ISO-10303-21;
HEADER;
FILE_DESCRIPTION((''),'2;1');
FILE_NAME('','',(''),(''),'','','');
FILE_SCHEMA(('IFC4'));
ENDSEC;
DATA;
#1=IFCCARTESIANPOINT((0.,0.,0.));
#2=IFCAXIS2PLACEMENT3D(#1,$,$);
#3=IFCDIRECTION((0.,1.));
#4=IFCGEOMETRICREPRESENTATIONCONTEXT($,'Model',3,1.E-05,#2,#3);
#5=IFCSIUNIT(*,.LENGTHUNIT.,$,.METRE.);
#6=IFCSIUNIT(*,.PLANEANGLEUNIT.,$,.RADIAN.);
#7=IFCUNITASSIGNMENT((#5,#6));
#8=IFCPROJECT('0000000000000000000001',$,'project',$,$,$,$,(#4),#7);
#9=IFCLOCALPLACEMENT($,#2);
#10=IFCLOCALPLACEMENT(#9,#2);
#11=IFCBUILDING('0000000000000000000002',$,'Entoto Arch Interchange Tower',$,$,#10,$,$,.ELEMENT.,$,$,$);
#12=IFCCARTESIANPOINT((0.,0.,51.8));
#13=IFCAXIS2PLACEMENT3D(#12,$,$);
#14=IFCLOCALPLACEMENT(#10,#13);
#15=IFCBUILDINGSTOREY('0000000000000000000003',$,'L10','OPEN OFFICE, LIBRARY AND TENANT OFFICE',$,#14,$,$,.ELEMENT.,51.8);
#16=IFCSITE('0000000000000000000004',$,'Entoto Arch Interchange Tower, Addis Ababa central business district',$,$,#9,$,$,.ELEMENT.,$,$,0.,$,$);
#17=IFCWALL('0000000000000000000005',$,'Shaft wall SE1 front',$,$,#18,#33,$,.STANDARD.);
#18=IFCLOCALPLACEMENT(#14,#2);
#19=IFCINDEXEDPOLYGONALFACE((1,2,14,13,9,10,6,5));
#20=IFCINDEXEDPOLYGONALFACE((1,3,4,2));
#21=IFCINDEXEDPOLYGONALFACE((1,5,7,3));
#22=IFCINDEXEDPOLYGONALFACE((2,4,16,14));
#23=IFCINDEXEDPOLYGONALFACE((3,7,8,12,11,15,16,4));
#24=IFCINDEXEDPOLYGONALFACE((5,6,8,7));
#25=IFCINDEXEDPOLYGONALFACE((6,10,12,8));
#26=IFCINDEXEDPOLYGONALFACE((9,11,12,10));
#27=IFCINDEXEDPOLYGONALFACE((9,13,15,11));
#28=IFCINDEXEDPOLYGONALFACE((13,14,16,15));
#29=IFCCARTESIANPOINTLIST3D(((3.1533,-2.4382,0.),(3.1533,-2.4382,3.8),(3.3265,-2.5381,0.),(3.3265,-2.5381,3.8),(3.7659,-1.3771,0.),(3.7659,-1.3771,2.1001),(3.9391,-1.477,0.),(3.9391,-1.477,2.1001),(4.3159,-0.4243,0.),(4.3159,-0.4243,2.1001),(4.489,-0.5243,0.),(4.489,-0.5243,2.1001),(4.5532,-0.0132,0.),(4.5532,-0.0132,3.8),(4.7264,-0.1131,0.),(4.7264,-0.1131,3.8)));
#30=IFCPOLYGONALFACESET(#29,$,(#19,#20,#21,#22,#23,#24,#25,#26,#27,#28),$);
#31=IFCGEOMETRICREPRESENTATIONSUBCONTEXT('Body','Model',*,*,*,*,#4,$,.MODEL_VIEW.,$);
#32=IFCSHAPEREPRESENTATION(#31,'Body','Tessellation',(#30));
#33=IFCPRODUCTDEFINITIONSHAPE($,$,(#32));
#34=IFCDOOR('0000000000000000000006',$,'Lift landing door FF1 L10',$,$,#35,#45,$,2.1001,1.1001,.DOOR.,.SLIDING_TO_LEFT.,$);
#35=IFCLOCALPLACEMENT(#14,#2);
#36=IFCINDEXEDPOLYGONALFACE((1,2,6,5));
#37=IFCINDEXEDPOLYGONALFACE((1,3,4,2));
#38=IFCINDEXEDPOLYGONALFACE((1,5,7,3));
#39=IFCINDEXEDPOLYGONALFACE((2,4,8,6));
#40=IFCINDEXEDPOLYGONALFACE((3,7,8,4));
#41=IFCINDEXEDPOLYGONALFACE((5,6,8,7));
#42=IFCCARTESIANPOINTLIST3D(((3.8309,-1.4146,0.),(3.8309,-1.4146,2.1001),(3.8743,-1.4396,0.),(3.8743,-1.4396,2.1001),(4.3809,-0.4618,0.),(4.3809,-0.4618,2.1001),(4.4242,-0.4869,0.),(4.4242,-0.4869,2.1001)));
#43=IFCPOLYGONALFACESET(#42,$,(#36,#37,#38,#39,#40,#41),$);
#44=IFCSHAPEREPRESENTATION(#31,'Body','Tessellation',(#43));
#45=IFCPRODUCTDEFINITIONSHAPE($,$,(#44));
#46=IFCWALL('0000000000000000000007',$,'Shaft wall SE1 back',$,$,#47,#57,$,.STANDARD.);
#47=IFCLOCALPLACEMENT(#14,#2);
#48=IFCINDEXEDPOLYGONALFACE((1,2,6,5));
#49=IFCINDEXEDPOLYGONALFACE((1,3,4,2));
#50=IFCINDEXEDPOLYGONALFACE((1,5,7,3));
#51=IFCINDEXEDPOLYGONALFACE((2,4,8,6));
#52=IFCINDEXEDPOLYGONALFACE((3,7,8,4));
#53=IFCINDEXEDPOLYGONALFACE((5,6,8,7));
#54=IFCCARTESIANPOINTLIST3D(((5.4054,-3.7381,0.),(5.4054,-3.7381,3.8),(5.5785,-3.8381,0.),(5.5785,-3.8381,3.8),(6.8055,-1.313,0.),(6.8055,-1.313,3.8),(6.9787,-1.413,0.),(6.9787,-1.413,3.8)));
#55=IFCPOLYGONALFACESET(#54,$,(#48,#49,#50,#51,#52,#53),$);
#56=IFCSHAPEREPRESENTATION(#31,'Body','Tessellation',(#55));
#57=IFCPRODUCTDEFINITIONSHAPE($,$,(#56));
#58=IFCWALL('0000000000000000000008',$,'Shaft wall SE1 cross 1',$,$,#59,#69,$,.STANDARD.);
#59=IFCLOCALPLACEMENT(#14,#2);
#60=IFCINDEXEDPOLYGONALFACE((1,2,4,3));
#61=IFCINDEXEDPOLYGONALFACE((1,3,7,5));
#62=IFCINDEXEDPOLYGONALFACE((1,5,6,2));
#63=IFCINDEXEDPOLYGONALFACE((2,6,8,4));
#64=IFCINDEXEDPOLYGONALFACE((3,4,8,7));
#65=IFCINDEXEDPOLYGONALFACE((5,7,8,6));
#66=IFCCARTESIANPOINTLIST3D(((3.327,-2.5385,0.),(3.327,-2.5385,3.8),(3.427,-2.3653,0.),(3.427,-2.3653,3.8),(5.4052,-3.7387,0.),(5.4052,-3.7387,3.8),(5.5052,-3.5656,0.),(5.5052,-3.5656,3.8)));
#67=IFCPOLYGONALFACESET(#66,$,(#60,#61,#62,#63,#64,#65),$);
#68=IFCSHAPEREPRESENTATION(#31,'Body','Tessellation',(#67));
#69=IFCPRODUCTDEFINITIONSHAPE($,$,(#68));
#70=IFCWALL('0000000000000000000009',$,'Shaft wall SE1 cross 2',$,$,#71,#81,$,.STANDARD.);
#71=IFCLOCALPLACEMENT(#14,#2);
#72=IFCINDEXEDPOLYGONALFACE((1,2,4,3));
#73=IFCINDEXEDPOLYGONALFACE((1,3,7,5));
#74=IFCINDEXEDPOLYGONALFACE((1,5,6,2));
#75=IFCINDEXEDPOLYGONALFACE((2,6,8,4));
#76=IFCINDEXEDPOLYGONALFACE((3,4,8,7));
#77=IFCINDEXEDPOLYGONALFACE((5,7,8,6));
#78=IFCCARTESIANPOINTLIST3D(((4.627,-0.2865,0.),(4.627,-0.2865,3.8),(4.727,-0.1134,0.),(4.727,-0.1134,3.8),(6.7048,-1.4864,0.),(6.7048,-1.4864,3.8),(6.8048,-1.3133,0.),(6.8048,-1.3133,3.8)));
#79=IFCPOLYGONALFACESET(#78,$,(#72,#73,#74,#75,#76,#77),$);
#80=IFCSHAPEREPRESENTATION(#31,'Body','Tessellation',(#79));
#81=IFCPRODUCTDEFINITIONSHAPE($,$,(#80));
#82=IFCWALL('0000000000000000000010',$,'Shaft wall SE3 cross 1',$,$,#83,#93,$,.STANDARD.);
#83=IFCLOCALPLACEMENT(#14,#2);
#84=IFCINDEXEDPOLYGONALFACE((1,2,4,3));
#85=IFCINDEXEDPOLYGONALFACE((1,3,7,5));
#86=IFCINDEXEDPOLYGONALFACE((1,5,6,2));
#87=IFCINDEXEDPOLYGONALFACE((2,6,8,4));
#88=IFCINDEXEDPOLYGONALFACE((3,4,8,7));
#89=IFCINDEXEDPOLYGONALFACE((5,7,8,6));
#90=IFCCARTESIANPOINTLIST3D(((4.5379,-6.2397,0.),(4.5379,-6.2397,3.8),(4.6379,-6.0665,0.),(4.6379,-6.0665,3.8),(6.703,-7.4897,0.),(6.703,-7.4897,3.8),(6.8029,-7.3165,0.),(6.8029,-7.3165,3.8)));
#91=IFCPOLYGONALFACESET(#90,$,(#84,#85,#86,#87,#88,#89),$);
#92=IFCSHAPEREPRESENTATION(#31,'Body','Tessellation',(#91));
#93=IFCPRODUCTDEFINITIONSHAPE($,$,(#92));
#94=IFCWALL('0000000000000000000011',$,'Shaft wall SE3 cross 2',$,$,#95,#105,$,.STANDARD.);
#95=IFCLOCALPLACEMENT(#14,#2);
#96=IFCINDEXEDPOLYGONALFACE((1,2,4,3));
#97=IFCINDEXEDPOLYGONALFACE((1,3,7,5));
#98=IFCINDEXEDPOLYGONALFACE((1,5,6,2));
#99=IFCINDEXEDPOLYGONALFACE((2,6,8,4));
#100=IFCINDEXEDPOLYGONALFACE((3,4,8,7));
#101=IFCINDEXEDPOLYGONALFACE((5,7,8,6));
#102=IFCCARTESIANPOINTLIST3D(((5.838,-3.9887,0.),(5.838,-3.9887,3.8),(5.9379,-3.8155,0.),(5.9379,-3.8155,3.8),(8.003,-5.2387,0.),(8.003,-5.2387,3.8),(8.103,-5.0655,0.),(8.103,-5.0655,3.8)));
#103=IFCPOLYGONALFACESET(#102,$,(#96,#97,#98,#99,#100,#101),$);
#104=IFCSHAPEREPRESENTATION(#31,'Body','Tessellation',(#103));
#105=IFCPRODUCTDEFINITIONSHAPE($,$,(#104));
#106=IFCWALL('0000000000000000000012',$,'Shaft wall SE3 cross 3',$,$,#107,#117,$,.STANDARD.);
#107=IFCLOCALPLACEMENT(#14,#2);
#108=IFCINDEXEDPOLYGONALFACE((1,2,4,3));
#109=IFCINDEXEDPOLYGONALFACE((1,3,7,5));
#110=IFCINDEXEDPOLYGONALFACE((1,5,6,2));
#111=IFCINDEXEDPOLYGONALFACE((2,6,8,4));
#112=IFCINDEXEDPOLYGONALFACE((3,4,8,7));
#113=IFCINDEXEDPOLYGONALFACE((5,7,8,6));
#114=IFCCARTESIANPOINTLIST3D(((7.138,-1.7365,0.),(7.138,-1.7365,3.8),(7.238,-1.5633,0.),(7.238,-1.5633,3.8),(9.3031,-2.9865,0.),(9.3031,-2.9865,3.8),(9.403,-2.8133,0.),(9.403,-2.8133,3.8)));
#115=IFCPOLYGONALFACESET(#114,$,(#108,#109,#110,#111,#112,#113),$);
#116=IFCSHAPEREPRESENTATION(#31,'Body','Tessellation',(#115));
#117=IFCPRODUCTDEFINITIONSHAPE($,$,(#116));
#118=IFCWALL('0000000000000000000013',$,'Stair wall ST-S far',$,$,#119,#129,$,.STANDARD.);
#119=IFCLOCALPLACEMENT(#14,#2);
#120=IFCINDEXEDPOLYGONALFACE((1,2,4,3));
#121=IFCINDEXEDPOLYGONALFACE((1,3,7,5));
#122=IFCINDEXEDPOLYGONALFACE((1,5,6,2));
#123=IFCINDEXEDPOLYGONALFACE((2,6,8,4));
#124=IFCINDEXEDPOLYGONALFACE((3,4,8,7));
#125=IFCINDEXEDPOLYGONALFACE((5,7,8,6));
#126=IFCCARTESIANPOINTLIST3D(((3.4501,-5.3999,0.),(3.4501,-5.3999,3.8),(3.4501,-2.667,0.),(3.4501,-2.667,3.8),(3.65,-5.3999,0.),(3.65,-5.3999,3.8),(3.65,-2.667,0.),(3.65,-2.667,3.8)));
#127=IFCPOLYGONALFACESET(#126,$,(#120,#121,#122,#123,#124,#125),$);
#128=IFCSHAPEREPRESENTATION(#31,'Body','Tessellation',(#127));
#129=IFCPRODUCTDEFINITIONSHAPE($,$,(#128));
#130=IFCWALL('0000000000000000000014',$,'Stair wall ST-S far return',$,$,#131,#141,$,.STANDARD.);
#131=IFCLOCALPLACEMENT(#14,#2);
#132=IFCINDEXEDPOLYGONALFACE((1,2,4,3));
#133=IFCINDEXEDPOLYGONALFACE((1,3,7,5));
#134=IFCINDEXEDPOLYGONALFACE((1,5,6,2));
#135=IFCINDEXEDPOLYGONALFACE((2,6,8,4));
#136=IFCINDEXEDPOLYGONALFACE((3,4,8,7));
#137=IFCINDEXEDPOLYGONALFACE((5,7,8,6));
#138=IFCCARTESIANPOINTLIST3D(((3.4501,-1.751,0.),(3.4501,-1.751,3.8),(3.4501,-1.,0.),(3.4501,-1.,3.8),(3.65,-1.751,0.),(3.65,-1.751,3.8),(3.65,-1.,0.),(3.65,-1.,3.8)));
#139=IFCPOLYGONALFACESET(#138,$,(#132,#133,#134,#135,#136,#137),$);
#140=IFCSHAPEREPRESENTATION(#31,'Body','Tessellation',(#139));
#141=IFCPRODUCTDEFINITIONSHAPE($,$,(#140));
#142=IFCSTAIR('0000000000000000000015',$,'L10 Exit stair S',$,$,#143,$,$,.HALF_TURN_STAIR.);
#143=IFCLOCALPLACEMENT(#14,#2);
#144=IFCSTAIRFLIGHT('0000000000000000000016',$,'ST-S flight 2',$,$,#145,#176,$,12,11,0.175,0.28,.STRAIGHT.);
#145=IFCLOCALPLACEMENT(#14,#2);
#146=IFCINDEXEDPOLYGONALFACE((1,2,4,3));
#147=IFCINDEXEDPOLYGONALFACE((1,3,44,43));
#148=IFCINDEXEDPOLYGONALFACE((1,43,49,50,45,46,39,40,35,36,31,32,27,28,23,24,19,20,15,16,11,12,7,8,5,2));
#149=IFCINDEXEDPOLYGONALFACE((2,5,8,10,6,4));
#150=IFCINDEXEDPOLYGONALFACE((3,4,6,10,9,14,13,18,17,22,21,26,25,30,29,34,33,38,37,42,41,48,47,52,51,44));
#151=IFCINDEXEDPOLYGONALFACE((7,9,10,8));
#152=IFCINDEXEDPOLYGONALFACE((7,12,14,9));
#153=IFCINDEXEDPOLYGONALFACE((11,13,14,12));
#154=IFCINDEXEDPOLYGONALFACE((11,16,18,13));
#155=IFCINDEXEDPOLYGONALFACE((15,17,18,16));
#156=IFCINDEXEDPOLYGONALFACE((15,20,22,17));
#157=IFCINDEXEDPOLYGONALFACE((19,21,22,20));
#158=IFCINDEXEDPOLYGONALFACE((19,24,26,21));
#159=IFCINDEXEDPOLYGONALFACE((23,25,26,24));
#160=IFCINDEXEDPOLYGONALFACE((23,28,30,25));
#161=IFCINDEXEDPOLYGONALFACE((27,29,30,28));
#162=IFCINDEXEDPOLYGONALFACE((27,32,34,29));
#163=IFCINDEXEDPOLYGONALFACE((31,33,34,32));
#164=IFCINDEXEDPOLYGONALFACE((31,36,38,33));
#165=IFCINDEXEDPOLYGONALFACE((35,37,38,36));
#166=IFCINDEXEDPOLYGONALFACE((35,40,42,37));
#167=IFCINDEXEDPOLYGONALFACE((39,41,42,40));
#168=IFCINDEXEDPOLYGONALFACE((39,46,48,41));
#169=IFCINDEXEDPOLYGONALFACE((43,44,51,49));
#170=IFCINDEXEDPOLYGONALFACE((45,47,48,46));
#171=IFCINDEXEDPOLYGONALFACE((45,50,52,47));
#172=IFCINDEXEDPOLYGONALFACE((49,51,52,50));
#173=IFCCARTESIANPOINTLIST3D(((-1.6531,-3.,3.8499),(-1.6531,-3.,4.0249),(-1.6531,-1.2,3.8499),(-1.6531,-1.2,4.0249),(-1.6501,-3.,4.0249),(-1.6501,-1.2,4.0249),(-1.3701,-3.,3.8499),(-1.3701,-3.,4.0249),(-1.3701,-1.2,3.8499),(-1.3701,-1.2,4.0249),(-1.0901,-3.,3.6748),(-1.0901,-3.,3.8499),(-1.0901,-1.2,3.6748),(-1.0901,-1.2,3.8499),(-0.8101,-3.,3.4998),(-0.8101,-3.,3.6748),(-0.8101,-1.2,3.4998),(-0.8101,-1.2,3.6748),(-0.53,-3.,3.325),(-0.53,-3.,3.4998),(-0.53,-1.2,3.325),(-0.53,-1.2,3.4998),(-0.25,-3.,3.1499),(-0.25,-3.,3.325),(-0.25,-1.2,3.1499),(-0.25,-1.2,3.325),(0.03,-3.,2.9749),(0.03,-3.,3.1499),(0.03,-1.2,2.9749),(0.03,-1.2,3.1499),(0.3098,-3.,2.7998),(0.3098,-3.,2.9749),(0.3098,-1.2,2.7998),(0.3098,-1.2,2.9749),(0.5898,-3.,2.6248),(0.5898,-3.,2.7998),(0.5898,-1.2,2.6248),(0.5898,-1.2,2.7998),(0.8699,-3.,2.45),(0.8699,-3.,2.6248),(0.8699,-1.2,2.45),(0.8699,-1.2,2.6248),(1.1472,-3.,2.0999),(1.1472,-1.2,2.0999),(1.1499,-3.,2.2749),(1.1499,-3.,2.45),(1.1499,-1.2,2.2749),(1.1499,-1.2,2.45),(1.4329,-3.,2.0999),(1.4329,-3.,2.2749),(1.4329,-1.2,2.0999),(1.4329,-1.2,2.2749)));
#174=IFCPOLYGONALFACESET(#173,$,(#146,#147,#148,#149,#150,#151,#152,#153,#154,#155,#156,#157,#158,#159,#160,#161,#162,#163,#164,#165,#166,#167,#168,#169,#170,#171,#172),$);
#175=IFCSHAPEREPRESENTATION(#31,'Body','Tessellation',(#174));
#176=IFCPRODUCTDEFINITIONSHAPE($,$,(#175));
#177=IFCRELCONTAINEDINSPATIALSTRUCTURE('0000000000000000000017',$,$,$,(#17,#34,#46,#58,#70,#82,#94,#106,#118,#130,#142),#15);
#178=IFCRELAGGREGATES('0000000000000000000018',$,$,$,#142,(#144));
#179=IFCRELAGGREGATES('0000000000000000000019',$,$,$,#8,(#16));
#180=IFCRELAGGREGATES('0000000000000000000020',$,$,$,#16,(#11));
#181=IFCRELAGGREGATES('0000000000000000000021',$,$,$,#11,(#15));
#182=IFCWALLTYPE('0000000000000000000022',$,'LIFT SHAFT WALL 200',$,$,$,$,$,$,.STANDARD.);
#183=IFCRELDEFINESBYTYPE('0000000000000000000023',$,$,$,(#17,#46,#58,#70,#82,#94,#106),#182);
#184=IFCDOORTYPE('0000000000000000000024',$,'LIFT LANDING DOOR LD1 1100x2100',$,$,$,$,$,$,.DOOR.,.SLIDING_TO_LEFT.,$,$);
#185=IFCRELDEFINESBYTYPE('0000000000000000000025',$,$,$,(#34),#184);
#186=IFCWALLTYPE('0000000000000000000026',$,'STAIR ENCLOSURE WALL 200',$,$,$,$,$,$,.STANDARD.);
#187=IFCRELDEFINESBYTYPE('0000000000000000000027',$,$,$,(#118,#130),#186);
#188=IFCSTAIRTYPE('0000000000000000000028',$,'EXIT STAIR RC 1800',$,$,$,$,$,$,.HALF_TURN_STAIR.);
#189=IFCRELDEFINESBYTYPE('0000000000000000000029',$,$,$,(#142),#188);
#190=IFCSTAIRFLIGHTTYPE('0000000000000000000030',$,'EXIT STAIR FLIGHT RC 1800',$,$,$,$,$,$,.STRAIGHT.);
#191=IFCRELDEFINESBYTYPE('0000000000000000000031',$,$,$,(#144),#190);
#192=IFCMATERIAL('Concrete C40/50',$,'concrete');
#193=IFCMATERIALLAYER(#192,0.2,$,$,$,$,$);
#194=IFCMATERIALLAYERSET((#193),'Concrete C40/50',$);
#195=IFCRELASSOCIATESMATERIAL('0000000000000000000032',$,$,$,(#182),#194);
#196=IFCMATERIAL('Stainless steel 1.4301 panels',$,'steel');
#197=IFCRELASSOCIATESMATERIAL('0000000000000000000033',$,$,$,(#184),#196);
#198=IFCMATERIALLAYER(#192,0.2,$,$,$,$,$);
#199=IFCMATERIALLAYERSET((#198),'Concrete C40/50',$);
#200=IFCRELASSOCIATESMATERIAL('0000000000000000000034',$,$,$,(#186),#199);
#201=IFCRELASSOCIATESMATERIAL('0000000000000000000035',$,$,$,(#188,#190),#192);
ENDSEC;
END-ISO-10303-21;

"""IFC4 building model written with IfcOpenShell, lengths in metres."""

from ifc_helpers import new_model, si_unit, direction, frame, frame_2d, origin, place, context, subcontext, project, spatial, polyline, rectangle, outline, extrude, material, layer, layer_set, type_object, element, fill, aggregate, save


model = new_model("IFC4")

# Units and contexts
model_context = context("Model", 3, precision=1e-05, world=origin(), true_north=direction((0.0, 1.0)))
body_context = subcontext(model_context, "Body", "Model", "MODEL_VIEW")
ifc_project = project(units=[si_unit("LENGTHUNIT", "METRE"), si_unit("PLANEANGLEUNIT", "RADIAN")], contexts=[model_context])

# Site, building, storey
site_placement = place(None, origin())
site = spatial("IfcSite", under=ifc_project, at=site_placement, Name="Entoto Arch Interchange Tower, Addis Ababa central business district", CompositionType="ELEMENT", RefElevation=0.0)
building_placement = place(site_placement, origin())
building = spatial("IfcBuilding", under=site, at=building_placement, Name="Entoto Arch Interchange Tower", CompositionType="ELEMENT")
storey_placement = place(building_placement, frame((0.0, 0.0, 51.8)))
storey = spatial("IfcBuildingStorey", under=building, at=storey_placement, Name="L10", Description="OPEN OFFICE, LIBRARY AND TENANT OFFICE", CompositionType="ELEMENT", Elevation=51.8)

# Wall, opening, door
ifc_material_1 = material(Name="Concrete C40/50", Category="concrete")
ifc_material_2 = material(Name="Stainless steel 1.4301 panels", Category="steel")
ifc_layer_1 = layer(ifc_material_1, 0.2)
ifc_layer_set_1 = layer_set([ifc_layer_1], Name="Concrete C40/50")
wall_type_1 = type_object("IfcWallType", Name="LIFT SHAFT WALL 200", PredefinedType="STANDARD", material=ifc_layer_set_1)
wall_1_placement = place(storey_placement, frame((3.24, -2.488, 0.0), z_axis=(0.0, 0.0, 1.0), x_axis=(0.499946, 0.866056, 0.0)))
wall_1 = element("IfcWall", 1, at=wall_1_placement, inside=storey, type_object=wall_type_1, Name="Shaft wall SE1 front", PredefinedType="STANDARD", context=body_context, shape_type="SweptSolid", body=[
    extrude(rectangle(XDim=2.8, YDim=0.2, at=frame_2d((1.3999, 0.0))), origin(), (0.0, 0.0, 1.0), 3.8),
])
opening_1_placement = place(wall_1_placement, frame((1.2251, 0.0, 0.0)))
opening_1 = element("IfcOpeningElement", 2, at=opening_1_placement, cuts=wall_1, PredefinedType="OPENING", context=body_context, shape_type="SweptSolid", body=[
    extrude(rectangle(XDim=1.1001, YDim=2.1001, at=frame_2d((0.55, 1.05))), frame((0.0, 0.1099, 0.0), z_axis=(0.0, -1.0, 0.0), x_axis=(1.0, 0.0, 0.0)), (0.0, 0.0, 1.0), 0.22),
])
door_type_1 = type_object("IfcDoorType", Name="LIFT LANDING DOOR LD1 1100x2100", OperationType="SLIDING_TO_LEFT", PredefinedType="DOOR", material=ifc_material_2)
door_1_placement = place(opening_1_placement, origin())
door_1 = element("IfcDoor", 3, at=door_1_placement, inside=storey, type_object=door_type_1, Name="Lift landing door FF1 L10", OperationType="SLIDING_TO_LEFT", OverallHeight=2.1001, OverallWidth=1.1001, PredefinedType="DOOR", context=body_context, shape_type="SweptSolid", body=[
    extrude(rectangle(XDim=1.1001, YDim=2.1001, at=frame_2d((0.55, 1.05))), frame((0.0, 0.0249, 0.0), z_axis=(0.0, -1.0, 0.0), x_axis=(1.0, 0.0, 0.0)), (0.0, 0.0, 1.0), 0.05),
])
fill(opening_1, door_1)

# Walls
wall_2_placement = place(storey_placement, frame((5.4919, -3.7881, 0.0), z_axis=(0.0, 0.0, 1.0), x_axis=(0.500012, 0.866019, 0.0)))
element("IfcWall", 4, at=wall_2_placement, inside=storey, type_object=wall_type_1, Name="Shaft wall SE1 back", PredefinedType="STANDARD", context=body_context, shape_type="SweptSolid", body=[
    extrude(rectangle(XDim=2.8003, YDim=0.2, at=frame_2d((1.4001, 0.0))), origin(), (0.0, 0.0, 1.0), 3.8),
])
wall_3_placement = place(storey_placement, frame((3.377, -2.4519, 0.0), z_axis=(0.0, 0.0, 1.0), x_axis=(0.865955, -0.500122, 0.0)))
element("IfcWall", 5, at=wall_3_placement, inside=storey, type_object=wall_type_1, Name="Shaft wall SE1 cross 1", PredefinedType="STANDARD", context=body_context, shape_type="SweptSolid", body=[
    extrude(rectangle(XDim=2.3999, YDim=0.2, at=frame_2d((1.2, 0.0))), origin(), (0.0, 0.0, 1.0), 3.8),
])
wall_4_placement = place(storey_placement, frame((4.677, -0.2, 0.0), z_axis=(0.0, 0.0, 1.0), x_axis=(0.865974, -0.500089, 0.0)))
element("IfcWall", 6, at=wall_4_placement, inside=storey, type_object=wall_type_1, Name="Shaft wall SE1 cross 2", PredefinedType="STANDARD", context=body_context, shape_type="SweptSolid", body=[
    extrude(rectangle(XDim=2.3994, YDim=0.2, at=frame_2d((1.1997, 0.0))), origin(), (0.0, 0.0, 1.0), 3.8),
])
for number, where, z_axis, x_axis, name in (
    (7, (4.5879, -6.1531, 0.0), (0.0, 0.0, 1.0), (0.866023, -0.500004, 0.0), "Shaft wall SE3 cross 1"),
    (8, (5.8879, -3.9021, 0.0), (0.0, 0.0, 1.0), (0.866023, -0.500004, 0.0), "Shaft wall SE3 cross 2"),
    (9, (7.188, -1.6499, 0.0), (0.0, 0.0, 1.0), (0.866023, -0.500004, 0.0), "Shaft wall SE3 cross 3"),
):
    element("IfcWall", number, at=place(storey_placement, frame(where, z_axis=z_axis, x_axis=x_axis)), inside=storey, type_object=wall_type_1, Name=name, PredefinedType="STANDARD", context=body_context, shape_type="SweptSolid", body=[
        extrude(rectangle(XDim=2.5, YDim=0.2, at=frame_2d((1.25, 0.0))), origin(), (0.0, 0.0, 1.0), 3.8),
    ])
ifc_layer_2 = layer(ifc_material_1, 0.2)
ifc_layer_set_2 = layer_set([ifc_layer_2], Name="Concrete C40/50")
wall_type_2 = type_object("IfcWallType", Name="STAIR ENCLOSURE WALL 200", PredefinedType="STANDARD", material=ifc_layer_set_2)
wall_5_placement = place(storey_placement, frame((3.55, -2.667, 0.0), z_axis=(0.0, 0.0, 1.0), x_axis=(0.0, -1.0, 0.0)))
element("IfcWall", 10, at=wall_5_placement, inside=storey, type_object=wall_type_2, Name="Stair wall ST-S far", PredefinedType="STANDARD", context=body_context, shape_type="SweptSolid", body=[
    extrude(rectangle(XDim=2.7329, YDim=0.2, at=frame_2d((1.3665, 0.0))), origin(), (0.0, 0.0, 1.0), 3.8),
])
wall_6_placement = place(storey_placement, frame((3.55, -1.0, 0.0), z_axis=(0.0, 0.0, 1.0), x_axis=(0.0, -1.0, 0.0)))
element("IfcWall", 11, at=wall_6_placement, inside=storey, type_object=wall_type_2, Name="Stair wall ST-S far return", PredefinedType="STANDARD", context=body_context, shape_type="SweptSolid", body=[
    extrude(rectangle(XDim=0.751, YDim=0.2, at=frame_2d((0.3755, 0.0))), origin(), (0.0, 0.0, 1.0), 3.8),
])

# Stair, stair flight
stair_type = type_object("IfcStairType", Name="EXIT STAIR RC 1800", PredefinedType="HALF_TURN_STAIR", material=ifc_material_1)
stair_placement = place(storey_placement, origin())
stair = element("IfcStair", 12, at=stair_placement, inside=storey, type_object=stair_type, Name="L10 Exit stair S", PredefinedType="HALF_TURN_STAIR")
stair_flight_type = type_object("IfcStairFlightType", Name="EXIT STAIR FLIGHT RC 1800", PredefinedType="STRAIGHT", material=ifc_material_1)
stair_flight_placement = place(storey_placement, frame((1.4299, -2.1001, 2.0999), z_axis=(0.0, 0.0, 1.0), x_axis=(-1.0, 0.0, 0.0)))
stair_flight = element("IfcStairFlight", 13, at=stair_flight_placement, type_object=stair_flight_type, Name="ST-S flight 2", NumberOfRisers=12, NumberOfTreads=11, PredefinedType="STRAIGHT", RiserHeight=0.175, TreadLength=0.28, context=body_context, shape_type="SweptSolid", body=[
    extrude(outline(polyline([(-0.0029, 0.0), (-0.0029, 0.175), (0.28, 0.175), (0.28, 0.3501), (0.5601, 0.3501), (0.5601, 0.5249), (0.8401, 0.5249), (0.8401, 0.7), (1.1201, 0.7), (1.1201, 0.875), (1.3999, 0.875), (1.3999, 1.05), (1.6799, 1.05), (1.6799, 1.2251), (1.96, 1.2251), (1.96, 1.3999), (2.24, 1.3999), (2.24, 1.575), (2.52, 1.575), (2.52, 1.75), (2.8, 1.75), (2.8, 1.925), (3.0801, 1.925), (3.083, 1.925), (3.083, 1.75), (0.2827, 0.0), (-0.0029, 0.0)])), frame((0.0, 0.8999, 0.0), z_axis=(0.0, -1.0, 0.0), x_axis=(1.0, 0.0, 0.0)), (0.0, 0.0, 1.0), 1.8),
])
aggregate(stair, [stair_flight])

save(model, "model.ifc")
